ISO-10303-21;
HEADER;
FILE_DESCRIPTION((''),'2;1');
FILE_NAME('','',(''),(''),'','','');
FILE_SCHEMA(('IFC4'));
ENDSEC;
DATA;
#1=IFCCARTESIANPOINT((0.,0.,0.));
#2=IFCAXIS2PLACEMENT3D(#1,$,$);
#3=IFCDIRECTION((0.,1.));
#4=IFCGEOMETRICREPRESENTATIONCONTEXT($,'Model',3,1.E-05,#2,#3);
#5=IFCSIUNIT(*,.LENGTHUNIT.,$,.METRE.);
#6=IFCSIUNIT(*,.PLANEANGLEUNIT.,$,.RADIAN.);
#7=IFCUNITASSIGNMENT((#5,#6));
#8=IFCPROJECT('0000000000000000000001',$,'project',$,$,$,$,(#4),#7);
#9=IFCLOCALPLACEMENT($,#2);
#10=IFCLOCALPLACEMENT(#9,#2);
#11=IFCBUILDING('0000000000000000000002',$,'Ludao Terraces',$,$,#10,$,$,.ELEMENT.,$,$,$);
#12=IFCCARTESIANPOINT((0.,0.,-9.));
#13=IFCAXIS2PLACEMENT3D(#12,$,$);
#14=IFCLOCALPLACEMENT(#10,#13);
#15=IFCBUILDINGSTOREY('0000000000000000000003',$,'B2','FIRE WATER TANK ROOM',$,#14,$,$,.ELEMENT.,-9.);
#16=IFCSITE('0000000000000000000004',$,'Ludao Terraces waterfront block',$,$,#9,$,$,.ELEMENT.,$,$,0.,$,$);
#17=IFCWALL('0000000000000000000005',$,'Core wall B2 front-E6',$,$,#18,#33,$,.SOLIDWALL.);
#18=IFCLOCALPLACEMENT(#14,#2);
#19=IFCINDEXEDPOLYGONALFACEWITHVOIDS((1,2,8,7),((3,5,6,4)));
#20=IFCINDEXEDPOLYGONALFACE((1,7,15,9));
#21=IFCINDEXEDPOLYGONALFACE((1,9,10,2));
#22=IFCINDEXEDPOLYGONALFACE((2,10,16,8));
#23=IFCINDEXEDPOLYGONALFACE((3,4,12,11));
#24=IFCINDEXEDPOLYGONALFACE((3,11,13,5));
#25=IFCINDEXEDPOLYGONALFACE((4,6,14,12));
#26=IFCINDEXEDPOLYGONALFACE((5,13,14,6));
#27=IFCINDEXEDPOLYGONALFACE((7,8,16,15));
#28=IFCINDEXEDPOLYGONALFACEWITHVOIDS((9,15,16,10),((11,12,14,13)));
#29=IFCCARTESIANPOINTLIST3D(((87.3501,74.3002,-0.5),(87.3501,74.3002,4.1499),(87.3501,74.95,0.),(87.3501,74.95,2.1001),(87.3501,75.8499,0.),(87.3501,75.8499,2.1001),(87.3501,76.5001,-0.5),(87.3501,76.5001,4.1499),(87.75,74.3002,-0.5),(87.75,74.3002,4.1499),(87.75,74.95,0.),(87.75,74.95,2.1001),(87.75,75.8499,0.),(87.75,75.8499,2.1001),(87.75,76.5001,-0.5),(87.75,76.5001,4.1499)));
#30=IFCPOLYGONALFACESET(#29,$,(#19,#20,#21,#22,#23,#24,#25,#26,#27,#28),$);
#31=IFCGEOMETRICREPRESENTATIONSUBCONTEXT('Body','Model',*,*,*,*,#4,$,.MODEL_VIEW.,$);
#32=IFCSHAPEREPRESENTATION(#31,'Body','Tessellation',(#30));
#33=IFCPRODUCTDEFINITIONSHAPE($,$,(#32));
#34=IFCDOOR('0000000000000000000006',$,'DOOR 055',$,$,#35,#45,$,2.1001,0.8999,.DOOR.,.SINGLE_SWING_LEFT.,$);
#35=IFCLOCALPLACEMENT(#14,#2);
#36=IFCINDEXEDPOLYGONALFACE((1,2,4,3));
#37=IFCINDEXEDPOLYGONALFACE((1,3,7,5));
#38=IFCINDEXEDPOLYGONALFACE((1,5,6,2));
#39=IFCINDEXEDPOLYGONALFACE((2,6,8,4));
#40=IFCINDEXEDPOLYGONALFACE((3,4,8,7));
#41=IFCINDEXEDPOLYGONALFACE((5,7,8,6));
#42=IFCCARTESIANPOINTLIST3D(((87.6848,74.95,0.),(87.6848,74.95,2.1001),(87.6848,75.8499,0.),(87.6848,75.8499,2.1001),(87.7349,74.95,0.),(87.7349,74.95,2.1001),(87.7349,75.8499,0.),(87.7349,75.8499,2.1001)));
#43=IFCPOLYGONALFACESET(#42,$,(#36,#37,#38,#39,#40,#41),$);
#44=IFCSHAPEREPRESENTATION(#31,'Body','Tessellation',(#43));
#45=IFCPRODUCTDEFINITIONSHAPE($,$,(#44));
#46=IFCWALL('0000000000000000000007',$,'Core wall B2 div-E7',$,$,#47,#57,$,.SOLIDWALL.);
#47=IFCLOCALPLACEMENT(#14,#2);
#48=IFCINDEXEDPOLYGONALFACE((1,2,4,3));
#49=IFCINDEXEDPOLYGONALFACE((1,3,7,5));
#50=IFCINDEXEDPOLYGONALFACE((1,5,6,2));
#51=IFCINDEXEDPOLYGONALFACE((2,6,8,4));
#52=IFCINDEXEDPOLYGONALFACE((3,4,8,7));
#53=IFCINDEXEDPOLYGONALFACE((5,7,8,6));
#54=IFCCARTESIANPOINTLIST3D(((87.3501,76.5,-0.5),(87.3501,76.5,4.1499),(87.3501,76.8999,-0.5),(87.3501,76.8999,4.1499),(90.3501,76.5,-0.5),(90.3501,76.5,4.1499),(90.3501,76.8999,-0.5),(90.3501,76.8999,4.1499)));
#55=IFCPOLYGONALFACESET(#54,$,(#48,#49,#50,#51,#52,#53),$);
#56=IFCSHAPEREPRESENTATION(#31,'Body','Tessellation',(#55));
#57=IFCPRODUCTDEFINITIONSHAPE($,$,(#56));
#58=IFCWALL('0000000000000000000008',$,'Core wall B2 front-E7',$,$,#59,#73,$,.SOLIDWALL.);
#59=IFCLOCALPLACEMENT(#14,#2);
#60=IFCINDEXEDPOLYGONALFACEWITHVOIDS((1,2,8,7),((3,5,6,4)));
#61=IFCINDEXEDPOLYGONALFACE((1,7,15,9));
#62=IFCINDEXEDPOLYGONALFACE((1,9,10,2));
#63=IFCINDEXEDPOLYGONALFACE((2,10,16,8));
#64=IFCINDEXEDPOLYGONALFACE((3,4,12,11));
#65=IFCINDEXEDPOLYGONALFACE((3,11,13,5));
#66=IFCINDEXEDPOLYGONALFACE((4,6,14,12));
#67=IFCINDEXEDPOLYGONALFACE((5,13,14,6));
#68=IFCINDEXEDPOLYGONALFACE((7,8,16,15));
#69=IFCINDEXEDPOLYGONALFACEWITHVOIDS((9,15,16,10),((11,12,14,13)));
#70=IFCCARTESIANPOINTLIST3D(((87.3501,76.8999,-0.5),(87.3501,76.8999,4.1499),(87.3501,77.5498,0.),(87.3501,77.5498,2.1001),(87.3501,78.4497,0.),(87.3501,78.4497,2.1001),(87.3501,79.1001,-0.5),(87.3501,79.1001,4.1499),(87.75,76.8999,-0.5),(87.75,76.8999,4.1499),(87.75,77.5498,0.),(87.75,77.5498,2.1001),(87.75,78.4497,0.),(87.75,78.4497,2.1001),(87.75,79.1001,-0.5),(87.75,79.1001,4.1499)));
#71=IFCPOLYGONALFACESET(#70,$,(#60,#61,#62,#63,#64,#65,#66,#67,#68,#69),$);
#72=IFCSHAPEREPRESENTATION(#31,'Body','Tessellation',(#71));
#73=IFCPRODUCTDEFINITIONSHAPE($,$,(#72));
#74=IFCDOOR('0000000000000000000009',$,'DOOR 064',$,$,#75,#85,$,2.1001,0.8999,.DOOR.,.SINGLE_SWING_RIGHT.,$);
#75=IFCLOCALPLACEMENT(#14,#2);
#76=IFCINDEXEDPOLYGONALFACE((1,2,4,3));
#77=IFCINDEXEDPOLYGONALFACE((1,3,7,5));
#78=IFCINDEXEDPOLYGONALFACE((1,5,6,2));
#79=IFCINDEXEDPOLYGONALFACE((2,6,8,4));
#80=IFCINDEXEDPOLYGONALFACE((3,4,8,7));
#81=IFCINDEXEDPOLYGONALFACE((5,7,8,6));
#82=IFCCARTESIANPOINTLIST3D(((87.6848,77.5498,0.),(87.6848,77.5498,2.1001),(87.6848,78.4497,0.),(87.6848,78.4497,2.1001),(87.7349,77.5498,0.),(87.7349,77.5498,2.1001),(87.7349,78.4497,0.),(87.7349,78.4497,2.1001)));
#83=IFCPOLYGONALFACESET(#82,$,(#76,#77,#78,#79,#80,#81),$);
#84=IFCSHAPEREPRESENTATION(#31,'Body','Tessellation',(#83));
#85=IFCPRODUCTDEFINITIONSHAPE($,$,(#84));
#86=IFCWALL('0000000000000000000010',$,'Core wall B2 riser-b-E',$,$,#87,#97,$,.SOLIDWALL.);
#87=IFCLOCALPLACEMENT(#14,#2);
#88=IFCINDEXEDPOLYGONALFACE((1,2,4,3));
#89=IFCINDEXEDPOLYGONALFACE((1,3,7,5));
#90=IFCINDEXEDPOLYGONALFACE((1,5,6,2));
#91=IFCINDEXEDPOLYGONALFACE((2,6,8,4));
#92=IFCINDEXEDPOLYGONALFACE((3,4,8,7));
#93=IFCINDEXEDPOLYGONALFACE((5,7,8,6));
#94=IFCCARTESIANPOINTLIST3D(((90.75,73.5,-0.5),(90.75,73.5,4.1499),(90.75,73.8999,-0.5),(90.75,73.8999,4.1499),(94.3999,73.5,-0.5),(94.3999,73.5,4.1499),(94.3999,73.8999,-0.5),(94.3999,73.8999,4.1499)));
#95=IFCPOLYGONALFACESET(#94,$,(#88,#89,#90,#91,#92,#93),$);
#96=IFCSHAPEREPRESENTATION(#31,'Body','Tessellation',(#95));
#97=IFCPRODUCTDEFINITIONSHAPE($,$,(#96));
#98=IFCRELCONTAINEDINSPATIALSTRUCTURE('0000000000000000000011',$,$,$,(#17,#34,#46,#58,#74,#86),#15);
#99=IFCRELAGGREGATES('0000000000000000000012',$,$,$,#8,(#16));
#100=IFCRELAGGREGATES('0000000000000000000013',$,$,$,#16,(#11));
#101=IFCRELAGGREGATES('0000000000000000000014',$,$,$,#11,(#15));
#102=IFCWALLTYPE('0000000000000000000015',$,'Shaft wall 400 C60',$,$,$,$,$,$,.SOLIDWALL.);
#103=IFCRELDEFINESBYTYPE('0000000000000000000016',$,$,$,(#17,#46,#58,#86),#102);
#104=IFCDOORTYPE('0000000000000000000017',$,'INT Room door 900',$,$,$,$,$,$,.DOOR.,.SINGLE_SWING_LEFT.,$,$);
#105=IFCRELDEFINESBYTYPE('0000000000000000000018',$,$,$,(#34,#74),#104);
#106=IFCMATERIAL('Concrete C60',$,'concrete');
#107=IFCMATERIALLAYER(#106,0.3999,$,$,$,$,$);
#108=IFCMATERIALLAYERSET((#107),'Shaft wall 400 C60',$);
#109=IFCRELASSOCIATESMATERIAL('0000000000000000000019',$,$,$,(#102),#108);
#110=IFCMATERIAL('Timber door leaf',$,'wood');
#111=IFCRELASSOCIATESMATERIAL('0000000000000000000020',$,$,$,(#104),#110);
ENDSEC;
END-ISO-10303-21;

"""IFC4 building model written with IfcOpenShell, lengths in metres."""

from ifc_helpers import new_model, si_unit, direction, frame, frame_2d, origin, place, context, subcontext, project, spatial, rectangle, extrude, material, layer, layer_set, type_object, element, fill, save


model = new_model("IFC4")

# Units and contexts
model_context = context("Model", 3, precision=1e-05, world=origin(), true_north=direction((0.0, 1.0)))
body_context = subcontext(model_context, "Body", "Model", "MODEL_VIEW")
ifc_project = project(units=[si_unit("LENGTHUNIT", "METRE"), si_unit("PLANEANGLEUNIT", "RADIAN")], contexts=[model_context])

# Site, building, storey
site_placement = place(None, origin())
site = spatial("IfcSite", under=ifc_project, at=site_placement, Name="Ludao Terraces waterfront block", CompositionType="ELEMENT", RefElevation=0.0)
building_placement = place(site_placement, origin())
building = spatial("IfcBuilding", under=site, at=building_placement, Name="Ludao Terraces", CompositionType="ELEMENT")
storey_placement = place(building_placement, frame((0.0, 0.0, -9.0)))
storey = spatial("IfcBuildingStorey", under=building, at=storey_placement, Name="B2", Description="FIRE WATER TANK ROOM", CompositionType="ELEMENT", Elevation=-9.0)

# Shared definitions
ifc_material_1 = material(Name="Concrete C60", Category="concrete")
ifc_layer = layer(ifc_material_1, 0.3999)
ifc_layer_set = layer_set([ifc_layer], Name="Shaft wall 400 C60")
wall_type = type_object("IfcWallType", Name="Shaft wall 400 C60", PredefinedType="SOLIDWALL", material=ifc_layer_set)

# Shared definitions
ifc_material_2 = material(Name="Timber door leaf", Category="wood")
door_type = type_object("IfcDoorType", Name="INT Room door 900", OperationType="SINGLE_SWING_LEFT", PredefinedType="DOOR", material=ifc_material_2)

# Wall, opening, door
wall_1_placement = place(storey_placement, frame((87.55, 74.3, -0.5), z_axis=(0.0, 0.0, 1.0), x_axis=(0.0, 1.0, 0.0)))
wall_1 = element("IfcWall", 1, at=wall_1_placement, inside=storey, type_object=wall_type, Name="Core wall B2 front-E6", PredefinedType="SOLIDWALL", context=body_context, shape_type="SweptSolid", body=[
    extrude(rectangle(XDim=2.2, YDim=0.3999, at=frame_2d((1.1001, 0.0))), origin(), (0.0, 0.0, 1.0), 4.6499),
])
opening_1_placement = place(wall_1_placement, frame((0.6499, 0.0, 0.5)))
opening_1 = element("IfcOpeningElement", 2, at=opening_1_placement, cuts=wall_1, PredefinedType="OPENING", context=body_context, shape_type="SweptSolid", body=[
    extrude(rectangle(XDim=0.8999, YDim=2.1001, at=frame_2d((0.45, 1.05))), frame((0.0, 0.21, 0.0), z_axis=(0.0, -1.0, 0.0), x_axis=(1.0, 0.0, 0.0)), (0.0, 0.0, 1.0), 0.4199),
])
door_1_placement = place(opening_1_placement, origin())
door_1 = element("IfcDoor", 3, at=door_1_placement, inside=storey, type_object=door_type, Name="DOOR 055", OperationType="SINGLE_SWING_LEFT", OverallHeight=2.1001, OverallWidth=0.8999, PredefinedType="DOOR", context=body_context, shape_type="SweptSolid", body=[
    extrude(rectangle(XDim=0.8999, YDim=2.1001, at=frame_2d((0.45, 1.05))), frame((0.0, -0.1348, 0.0), z_axis=(0.0, -1.0, 0.0), x_axis=(1.0, 0.0, 0.0)), (0.0, 0.0, 1.0), 0.05),
])
fill(opening_1, door_1)

# Wall
wall_2_placement = place(storey_placement, frame((87.3501, 76.7, -0.5), z_axis=(0.0, 0.0, 1.0), x_axis=(1.0, 0.0, 0.0)))
element("IfcWall", 4, at=wall_2_placement, inside=storey, type_object=wall_type, Name="Core wall B2 div-E7", PredefinedType="SOLIDWALL", context=body_context, shape_type="SweptSolid", body=[
    extrude(rectangle(XDim=3.0, YDim=0.3999, at=frame_2d((1.5, 0.0))), origin(), (0.0, 0.0, 1.0), 4.6499),
])

# Wall, opening, door
wall_3_placement = place(storey_placement, frame((87.55, 76.8999, -0.5), z_axis=(0.0, 0.0, 1.0), x_axis=(0.0, 1.0, 0.0)))
wall_3 = element("IfcWall", 5, at=wall_3_placement, inside=storey, type_object=wall_type, Name="Core wall B2 front-E7", PredefinedType="SOLIDWALL", context=body_context, shape_type="SweptSolid", body=[
    extrude(rectangle(XDim=2.2002, YDim=0.3999, at=frame_2d((1.1001, 0.0))), origin(), (0.0, 0.0, 1.0), 4.6499),
])
opening_2_placement = place(wall_3_placement, frame((0.6499, 0.0, 0.5)))
opening_2 = element("IfcOpeningElement", 6, at=opening_2_placement, cuts=wall_3, PredefinedType="OPENING", context=body_context, shape_type="SweptSolid", body=[
    extrude(rectangle(XDim=0.8999, YDim=2.1001, at=frame_2d((0.45, 1.05))), frame((0.0, 0.21, 0.0), z_axis=(0.0, -1.0, 0.0), x_axis=(1.0, 0.0, 0.0)), (0.0, 0.0, 1.0), 0.4199),
])
door_2_placement = place(opening_2_placement, origin())
door_2 = element("IfcDoor", 7, at=door_2_placement, inside=storey, type_object=door_type, Name="DOOR 064", OperationType="SINGLE_SWING_RIGHT", OverallHeight=2.1001, OverallWidth=0.8999, PredefinedType="DOOR", context=body_context, shape_type="SweptSolid", body=[
    extrude(rectangle(XDim=0.8999, YDim=2.1001, at=frame_2d((0.45, 1.05))), frame((0.0, -0.1348, 0.0), z_axis=(0.0, -1.0, 0.0), x_axis=(1.0, 0.0, 0.0)), (0.0, 0.0, 1.0), 0.05),
])
fill(opening_2, door_2)

# Wall
wall_4_placement = place(storey_placement, frame((90.75, 73.7, -0.5), z_axis=(0.0, 0.0, 1.0), x_axis=(1.0, 0.0, 0.0)))
element("IfcWall", 8, at=wall_4_placement, inside=storey, type_object=wall_type, Name="Core wall B2 riser-b-E", PredefinedType="SOLIDWALL", context=body_context, shape_type="SweptSolid", body=[
    extrude(rectangle(XDim=3.6499, YDim=0.3999, at=frame_2d((1.825, 0.0))), origin(), (0.0, 0.0, 1.0), 4.6499),
])

save(model, "model.ifc")
